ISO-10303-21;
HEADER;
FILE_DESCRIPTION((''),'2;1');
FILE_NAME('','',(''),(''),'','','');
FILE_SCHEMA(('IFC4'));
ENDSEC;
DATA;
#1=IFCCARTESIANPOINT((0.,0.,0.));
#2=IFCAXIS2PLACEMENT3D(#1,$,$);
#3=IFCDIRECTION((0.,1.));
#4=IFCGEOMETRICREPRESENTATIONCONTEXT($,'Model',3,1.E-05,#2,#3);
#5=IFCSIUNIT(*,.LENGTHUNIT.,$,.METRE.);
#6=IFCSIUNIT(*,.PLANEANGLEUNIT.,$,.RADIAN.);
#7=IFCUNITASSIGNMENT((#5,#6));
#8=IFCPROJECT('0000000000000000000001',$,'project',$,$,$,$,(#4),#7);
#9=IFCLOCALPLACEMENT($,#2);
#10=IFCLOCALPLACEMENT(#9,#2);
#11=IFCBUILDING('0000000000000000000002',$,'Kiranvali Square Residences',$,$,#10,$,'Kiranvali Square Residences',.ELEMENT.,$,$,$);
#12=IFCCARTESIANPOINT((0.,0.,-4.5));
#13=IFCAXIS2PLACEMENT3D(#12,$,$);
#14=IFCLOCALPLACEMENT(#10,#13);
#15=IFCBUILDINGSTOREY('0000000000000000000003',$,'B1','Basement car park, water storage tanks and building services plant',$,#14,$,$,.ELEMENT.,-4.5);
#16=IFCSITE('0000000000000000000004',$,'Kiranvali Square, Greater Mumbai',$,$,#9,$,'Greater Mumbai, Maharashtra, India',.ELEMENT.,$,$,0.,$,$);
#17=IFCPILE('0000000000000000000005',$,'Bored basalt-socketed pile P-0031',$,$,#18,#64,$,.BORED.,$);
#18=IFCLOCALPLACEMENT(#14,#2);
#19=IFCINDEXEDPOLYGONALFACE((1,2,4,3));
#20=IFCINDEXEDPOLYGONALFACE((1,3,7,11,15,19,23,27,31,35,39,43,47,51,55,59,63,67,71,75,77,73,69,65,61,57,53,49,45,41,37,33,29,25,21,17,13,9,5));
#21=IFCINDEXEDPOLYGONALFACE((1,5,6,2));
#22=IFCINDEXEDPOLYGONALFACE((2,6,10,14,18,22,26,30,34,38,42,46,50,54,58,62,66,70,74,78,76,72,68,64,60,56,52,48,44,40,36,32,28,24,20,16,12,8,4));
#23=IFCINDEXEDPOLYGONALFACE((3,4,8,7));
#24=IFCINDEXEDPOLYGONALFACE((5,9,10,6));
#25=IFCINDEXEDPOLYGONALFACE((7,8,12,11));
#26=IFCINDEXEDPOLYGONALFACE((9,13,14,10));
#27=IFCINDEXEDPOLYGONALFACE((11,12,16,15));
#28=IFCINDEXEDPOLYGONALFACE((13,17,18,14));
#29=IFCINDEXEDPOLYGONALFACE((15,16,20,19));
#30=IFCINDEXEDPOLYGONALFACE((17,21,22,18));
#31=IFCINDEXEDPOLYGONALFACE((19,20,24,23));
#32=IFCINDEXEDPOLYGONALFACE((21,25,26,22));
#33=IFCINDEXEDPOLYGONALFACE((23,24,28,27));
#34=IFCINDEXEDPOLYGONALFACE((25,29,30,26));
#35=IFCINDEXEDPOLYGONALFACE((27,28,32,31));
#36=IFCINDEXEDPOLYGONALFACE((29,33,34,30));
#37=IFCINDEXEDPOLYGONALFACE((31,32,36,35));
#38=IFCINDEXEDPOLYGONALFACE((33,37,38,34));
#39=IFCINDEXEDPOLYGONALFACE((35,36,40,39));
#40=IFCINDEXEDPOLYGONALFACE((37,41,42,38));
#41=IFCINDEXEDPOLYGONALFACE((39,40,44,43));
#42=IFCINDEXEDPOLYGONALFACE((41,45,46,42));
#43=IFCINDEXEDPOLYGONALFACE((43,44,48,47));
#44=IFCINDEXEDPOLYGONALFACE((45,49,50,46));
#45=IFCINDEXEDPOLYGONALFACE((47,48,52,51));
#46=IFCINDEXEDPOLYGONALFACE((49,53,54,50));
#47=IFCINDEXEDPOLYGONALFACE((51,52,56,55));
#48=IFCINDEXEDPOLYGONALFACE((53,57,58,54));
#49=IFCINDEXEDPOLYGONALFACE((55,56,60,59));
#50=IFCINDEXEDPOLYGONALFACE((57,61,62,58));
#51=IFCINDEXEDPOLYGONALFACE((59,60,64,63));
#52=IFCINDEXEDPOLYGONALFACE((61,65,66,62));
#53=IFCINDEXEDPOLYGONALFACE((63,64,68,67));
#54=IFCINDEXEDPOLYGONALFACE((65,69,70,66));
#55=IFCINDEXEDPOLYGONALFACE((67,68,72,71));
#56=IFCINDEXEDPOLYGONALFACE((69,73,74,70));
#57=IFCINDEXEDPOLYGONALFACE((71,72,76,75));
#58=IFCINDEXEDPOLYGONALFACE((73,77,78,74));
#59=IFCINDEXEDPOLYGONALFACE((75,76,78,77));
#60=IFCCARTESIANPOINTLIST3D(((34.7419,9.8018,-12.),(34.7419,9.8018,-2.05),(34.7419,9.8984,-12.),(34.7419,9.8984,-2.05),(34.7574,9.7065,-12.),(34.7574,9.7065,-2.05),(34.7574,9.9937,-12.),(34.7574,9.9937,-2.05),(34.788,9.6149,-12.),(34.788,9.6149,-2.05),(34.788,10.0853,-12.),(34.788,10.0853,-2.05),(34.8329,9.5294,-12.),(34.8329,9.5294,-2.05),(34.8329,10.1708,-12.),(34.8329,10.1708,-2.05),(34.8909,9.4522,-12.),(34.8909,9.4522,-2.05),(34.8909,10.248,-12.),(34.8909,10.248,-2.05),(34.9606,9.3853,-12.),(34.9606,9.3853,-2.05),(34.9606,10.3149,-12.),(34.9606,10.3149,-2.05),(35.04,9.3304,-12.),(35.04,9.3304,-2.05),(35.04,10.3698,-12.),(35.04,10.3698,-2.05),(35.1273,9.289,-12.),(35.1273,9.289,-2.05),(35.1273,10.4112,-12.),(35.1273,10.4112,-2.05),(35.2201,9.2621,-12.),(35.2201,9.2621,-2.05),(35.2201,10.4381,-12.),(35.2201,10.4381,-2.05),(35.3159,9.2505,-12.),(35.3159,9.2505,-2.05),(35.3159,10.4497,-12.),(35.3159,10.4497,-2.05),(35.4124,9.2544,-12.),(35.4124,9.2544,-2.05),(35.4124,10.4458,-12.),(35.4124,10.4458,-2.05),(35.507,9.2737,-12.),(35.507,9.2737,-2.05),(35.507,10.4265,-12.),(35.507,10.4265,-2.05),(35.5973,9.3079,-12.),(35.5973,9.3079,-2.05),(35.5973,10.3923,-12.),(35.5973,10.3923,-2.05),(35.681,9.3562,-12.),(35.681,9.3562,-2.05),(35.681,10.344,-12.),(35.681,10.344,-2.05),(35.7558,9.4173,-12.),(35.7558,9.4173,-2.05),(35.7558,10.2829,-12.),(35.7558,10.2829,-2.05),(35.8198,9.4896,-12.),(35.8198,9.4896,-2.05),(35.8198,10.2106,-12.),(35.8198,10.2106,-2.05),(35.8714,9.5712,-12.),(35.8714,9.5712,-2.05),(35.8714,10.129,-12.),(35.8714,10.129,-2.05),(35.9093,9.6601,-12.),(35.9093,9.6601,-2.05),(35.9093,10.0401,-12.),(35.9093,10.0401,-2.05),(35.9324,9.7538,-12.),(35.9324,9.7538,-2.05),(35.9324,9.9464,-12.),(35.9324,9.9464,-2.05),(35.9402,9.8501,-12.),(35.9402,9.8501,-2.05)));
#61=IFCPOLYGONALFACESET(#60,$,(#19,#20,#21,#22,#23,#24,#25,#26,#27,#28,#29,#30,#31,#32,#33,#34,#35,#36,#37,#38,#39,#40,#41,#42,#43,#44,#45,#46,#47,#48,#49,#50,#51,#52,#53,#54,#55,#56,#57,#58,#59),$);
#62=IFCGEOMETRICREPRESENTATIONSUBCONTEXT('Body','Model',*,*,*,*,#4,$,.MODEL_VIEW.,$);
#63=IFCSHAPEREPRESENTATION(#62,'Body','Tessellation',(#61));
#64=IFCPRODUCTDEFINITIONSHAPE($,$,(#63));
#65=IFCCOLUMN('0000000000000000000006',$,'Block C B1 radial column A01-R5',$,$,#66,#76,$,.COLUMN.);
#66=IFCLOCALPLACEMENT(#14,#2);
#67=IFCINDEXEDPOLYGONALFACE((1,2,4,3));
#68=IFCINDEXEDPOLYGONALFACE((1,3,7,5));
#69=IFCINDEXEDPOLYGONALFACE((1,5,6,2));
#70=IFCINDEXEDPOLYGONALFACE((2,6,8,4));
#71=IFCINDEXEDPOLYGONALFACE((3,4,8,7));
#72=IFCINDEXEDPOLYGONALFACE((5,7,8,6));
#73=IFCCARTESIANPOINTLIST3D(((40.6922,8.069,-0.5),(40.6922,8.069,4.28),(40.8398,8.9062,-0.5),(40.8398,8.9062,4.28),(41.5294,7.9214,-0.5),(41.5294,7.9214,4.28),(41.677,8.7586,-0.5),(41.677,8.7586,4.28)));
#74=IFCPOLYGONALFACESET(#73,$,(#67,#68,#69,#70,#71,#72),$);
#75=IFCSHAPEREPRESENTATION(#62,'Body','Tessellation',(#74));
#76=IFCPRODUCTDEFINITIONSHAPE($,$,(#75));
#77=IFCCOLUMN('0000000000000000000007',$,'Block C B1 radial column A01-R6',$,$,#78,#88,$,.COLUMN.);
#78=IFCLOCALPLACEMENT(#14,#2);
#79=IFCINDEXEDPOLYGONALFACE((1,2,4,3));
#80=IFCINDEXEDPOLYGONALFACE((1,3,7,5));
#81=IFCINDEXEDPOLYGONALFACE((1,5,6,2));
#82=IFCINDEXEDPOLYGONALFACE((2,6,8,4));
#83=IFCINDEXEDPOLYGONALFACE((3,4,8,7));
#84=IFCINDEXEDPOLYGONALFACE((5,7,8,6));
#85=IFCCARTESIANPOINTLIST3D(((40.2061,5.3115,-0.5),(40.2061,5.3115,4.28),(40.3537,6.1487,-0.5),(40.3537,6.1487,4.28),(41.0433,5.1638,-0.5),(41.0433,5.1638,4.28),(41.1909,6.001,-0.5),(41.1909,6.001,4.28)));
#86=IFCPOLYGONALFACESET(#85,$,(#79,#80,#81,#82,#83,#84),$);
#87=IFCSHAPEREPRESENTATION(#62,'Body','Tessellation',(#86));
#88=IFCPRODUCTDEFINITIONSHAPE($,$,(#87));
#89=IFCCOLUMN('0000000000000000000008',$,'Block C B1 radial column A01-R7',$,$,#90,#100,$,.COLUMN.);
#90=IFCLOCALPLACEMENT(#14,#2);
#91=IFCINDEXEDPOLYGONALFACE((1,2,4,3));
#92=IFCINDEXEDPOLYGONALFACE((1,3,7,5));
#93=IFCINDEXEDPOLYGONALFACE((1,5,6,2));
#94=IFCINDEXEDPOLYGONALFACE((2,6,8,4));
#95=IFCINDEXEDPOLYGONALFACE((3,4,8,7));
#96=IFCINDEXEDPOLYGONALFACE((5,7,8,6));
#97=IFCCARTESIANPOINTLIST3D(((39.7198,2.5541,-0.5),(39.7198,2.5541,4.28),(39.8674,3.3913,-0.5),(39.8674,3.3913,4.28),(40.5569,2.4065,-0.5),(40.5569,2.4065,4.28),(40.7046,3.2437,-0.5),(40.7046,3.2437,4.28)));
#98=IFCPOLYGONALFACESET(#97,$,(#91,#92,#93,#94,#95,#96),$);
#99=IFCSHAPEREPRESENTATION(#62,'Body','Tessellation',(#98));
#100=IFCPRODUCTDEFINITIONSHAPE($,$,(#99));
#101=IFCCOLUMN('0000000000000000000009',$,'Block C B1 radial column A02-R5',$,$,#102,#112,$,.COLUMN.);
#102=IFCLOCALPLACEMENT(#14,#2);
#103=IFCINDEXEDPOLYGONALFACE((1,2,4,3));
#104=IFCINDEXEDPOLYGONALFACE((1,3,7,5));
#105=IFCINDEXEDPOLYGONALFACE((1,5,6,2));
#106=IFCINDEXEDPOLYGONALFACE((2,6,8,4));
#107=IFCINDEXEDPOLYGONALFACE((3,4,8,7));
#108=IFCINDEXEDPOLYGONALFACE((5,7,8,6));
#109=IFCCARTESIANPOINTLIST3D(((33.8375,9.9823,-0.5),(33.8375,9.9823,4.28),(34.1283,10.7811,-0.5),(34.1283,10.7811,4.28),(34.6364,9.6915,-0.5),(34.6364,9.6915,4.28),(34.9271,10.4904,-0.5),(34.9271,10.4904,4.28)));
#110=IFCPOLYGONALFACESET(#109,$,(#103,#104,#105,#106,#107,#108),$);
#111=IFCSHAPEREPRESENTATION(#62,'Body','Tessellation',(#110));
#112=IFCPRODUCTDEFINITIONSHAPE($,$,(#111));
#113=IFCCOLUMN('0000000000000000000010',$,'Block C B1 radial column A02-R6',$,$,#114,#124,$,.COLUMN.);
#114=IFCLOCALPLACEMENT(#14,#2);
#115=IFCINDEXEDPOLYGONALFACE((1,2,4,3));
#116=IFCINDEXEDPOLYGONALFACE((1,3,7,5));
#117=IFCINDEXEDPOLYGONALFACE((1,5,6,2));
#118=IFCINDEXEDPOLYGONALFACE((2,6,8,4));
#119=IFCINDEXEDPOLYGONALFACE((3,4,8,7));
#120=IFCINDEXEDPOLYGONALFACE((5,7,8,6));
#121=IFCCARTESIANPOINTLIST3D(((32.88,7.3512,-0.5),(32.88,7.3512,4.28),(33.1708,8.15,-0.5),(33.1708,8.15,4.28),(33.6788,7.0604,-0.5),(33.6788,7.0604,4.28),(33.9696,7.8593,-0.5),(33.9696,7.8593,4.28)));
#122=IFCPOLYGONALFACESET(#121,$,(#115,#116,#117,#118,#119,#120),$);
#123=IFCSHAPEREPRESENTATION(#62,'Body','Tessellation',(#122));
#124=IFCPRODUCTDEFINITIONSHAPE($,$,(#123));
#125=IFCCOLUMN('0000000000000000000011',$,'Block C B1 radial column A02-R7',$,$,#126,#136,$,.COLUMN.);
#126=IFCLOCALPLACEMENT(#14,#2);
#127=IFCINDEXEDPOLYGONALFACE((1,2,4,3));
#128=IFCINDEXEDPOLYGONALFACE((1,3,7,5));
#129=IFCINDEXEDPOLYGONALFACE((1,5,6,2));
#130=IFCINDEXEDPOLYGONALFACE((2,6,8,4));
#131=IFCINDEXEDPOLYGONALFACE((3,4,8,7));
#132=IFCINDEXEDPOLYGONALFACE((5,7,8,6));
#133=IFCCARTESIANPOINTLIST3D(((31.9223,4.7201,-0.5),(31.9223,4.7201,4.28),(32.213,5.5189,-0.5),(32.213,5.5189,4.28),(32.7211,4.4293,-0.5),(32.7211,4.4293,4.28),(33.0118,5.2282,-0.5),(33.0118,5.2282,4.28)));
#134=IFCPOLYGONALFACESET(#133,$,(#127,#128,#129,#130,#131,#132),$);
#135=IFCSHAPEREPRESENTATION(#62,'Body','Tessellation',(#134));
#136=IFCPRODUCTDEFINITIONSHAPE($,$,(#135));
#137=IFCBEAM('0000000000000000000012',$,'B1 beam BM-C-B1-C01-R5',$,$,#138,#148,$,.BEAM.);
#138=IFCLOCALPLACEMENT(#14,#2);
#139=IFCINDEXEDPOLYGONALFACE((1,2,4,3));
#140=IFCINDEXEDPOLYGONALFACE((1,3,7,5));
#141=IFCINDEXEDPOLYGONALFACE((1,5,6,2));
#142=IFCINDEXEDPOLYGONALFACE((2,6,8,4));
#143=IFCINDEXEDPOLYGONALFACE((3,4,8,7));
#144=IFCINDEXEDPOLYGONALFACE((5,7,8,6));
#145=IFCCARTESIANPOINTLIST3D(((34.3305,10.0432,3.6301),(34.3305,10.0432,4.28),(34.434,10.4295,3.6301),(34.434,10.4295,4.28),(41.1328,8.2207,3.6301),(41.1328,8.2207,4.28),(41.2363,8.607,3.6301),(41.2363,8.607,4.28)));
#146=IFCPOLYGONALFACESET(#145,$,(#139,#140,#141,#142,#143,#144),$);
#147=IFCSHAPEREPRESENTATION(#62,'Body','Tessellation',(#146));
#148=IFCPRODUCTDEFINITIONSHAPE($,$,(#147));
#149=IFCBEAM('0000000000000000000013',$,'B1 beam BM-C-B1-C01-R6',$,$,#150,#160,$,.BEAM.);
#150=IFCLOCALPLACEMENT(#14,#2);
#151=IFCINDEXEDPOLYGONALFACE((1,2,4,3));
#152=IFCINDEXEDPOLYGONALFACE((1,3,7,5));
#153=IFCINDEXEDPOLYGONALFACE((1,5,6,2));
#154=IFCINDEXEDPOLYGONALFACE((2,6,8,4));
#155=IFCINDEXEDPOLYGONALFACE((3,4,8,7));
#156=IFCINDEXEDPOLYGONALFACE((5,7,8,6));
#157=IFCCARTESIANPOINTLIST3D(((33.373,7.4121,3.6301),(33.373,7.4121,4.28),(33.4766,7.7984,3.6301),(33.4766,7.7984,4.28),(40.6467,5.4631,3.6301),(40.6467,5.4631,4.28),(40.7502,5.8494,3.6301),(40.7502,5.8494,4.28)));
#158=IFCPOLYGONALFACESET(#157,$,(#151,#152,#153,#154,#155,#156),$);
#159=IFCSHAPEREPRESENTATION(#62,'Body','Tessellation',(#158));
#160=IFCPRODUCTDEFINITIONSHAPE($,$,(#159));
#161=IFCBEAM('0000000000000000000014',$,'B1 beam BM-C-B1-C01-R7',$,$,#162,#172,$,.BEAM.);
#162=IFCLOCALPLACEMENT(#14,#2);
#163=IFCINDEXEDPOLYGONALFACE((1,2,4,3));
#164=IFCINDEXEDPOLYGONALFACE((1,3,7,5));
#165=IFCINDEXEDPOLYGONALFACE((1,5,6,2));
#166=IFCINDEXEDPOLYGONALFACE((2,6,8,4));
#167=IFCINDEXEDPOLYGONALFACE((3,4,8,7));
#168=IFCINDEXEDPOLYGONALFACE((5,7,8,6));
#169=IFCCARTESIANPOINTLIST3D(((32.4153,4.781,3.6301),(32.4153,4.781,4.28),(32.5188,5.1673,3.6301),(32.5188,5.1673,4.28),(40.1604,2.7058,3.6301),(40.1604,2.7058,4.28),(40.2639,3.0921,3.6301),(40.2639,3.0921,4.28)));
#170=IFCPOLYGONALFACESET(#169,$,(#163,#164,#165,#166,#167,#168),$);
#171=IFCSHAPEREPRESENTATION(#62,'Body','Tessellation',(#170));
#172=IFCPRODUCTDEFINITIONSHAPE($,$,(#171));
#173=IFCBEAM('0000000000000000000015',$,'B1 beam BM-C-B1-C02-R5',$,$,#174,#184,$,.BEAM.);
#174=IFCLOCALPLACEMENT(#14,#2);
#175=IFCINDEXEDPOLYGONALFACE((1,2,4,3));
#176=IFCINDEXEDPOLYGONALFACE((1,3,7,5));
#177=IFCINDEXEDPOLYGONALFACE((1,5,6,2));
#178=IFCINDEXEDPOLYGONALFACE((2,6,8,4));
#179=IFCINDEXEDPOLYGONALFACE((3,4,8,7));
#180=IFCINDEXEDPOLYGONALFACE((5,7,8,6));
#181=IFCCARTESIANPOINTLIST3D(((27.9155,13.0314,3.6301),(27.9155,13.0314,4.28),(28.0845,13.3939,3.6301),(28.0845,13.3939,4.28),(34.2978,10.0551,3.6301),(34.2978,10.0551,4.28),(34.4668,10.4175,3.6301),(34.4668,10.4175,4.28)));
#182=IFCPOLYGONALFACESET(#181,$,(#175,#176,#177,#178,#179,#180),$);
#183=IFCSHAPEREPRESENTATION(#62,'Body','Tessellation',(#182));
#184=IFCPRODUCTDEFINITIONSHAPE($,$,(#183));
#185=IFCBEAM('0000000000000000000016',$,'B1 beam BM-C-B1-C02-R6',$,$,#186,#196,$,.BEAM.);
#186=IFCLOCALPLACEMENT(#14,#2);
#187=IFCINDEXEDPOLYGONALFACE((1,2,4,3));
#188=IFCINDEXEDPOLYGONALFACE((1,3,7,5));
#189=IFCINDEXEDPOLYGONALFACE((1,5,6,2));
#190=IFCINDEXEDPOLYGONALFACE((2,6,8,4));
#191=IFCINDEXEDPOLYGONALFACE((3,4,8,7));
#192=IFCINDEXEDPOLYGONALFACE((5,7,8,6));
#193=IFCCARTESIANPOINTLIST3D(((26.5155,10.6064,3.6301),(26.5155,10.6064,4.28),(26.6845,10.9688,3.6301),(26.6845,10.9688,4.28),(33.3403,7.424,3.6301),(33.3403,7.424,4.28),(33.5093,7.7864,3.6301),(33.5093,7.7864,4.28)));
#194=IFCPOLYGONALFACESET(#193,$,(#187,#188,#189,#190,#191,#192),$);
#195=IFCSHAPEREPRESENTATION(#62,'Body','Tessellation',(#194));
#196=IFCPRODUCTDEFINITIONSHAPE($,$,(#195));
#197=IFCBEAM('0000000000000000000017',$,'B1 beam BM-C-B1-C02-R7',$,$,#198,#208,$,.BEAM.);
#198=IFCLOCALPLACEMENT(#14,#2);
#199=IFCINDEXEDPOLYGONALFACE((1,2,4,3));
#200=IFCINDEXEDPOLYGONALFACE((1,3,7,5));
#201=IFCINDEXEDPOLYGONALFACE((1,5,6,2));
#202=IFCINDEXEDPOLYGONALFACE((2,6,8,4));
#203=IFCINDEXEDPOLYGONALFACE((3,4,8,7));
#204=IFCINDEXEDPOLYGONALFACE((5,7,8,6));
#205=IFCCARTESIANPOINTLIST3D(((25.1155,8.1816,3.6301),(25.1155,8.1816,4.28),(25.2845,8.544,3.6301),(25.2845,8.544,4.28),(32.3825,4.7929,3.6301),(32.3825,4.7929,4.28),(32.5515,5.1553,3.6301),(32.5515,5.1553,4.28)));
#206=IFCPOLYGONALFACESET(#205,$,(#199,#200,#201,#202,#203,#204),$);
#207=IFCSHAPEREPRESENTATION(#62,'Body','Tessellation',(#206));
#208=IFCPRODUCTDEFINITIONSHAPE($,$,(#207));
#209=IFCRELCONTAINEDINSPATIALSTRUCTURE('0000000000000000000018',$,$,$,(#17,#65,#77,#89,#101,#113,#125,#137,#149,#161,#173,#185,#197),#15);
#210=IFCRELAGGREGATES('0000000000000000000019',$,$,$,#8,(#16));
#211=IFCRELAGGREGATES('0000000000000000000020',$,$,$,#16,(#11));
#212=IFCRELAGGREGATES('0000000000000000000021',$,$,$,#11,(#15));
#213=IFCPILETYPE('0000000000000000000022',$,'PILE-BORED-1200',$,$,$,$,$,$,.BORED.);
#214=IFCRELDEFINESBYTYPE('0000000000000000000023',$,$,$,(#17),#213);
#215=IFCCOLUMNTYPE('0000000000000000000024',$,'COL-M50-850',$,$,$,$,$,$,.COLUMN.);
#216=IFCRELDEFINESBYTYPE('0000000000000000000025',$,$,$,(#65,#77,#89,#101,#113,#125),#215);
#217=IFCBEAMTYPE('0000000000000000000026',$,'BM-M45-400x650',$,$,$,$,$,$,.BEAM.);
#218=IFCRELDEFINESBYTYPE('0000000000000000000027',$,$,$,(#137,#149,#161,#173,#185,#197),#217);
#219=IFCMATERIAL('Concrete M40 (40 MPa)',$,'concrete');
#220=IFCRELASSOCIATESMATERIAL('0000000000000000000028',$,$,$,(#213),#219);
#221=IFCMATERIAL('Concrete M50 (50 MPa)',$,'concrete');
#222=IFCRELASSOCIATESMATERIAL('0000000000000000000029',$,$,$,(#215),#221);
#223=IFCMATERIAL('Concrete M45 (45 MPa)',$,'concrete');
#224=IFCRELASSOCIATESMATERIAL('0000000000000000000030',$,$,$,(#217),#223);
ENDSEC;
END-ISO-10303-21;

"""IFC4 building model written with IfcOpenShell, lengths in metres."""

from ifc_helpers import new_model, si_unit, direction, frame, origin, origin_2d, place, context, subcontext, project, spatial, rectangle, circle, extrude, material, material_profile, profile_set, type_object, element, save


model = new_model("IFC4")

# Units and contexts
model_context = context("Model", 3, precision=1e-05, world=origin(), true_north=direction((0.0, 1.0)))
body_context = subcontext(model_context, "Body", "Model", "MODEL_VIEW")
ifc_project = project(units=[si_unit("LENGTHUNIT", "METRE"), si_unit("PLANEANGLEUNIT", "RADIAN")], contexts=[model_context])

# Site, building, storey
site_placement = place(None, origin())
site = spatial("IfcSite", under=ifc_project, at=site_placement, Name="Kiranvali Square, Greater Mumbai", LongName="Greater Mumbai, Maharashtra, India", CompositionType="ELEMENT", RefElevation=0.0)
building_placement = place(site_placement, origin())
building = spatial("IfcBuilding", under=site, at=building_placement, Name="Kiranvali Square Residences", LongName="Kiranvali Square Residences", CompositionType="ELEMENT")
storey_placement = place(building_placement, frame((0.0, 0.0, -4.5)))
storey = spatial("IfcBuildingStorey", under=building, at=storey_placement, Name="B1", Description="Basement car park, water storage tanks and building services plant", CompositionType="ELEMENT", Elevation=-4.5)

# Shared definitions
ifc_material_1 = material(Name="Concrete M40 (40 MPa)", Category="concrete")

# Pile
ifc_material_profile_1 = material_profile(ifc_material_1, circle(Radius=0.6001, at=origin_2d()), Name="BORED PILE 1200")
ifc_profile_set_1 = profile_set([ifc_material_profile_1], Name="Concrete M40 (40 MPa)")
pile_type = type_object("IfcPileType", Name="PILE-BORED-1200", PredefinedType="BORED", material=ifc_profile_set_1)
pile_placement = place(storey_placement, frame((35.3401, 9.8501, -2.05), z_axis=(0.0, 0.0, -1.0), x_axis=(1.0, 0.0, 0.0)))
element("IfcPile", 1, at=pile_placement, inside=storey, type_object=pile_type, Name="Bored basalt-socketed pile P-0031", PredefinedType="BORED", context=body_context, shape_type="SweptSolid", body=[
    extrude(circle(Radius=0.6001, at=origin_2d()), origin(), (0.0, 0.0, 1.0), 9.95),
])

# Columns
ifc_material_2 = material(Name="Concrete M50 (50 MPa)", Category="concrete")
ifc_material_profile_2 = material_profile(ifc_material_2, rectangle(XDim=0.8501, YDim=0.8501, at=origin_2d()), Name="RC 850x850")
ifc_profile_set_2 = profile_set([ifc_material_profile_2], Name="Concrete M50 (50 MPa)")
column_type = type_object("IfcColumnType", Name="COL-M50-850", PredefinedType="COLUMN", material=ifc_profile_set_2)
for number, where, z_axis, x_axis, name in (
    (2, (41.1846, 8.4138, -0.5), (0.0, 0.0, 1.0), (-0.984808, 0.173648, 0.0), "Block C B1 radial column A01-R5"),
    (3, (40.6985, 5.6562, -0.5), (0.0, 0.0, 1.0), (-0.984808, 0.173648, 0.0), "Block C B1 radial column A01-R6"),
    (4, (40.2122, 2.8989, -0.5), (0.0, 0.0, 1.0), (-0.984808, 0.173648, 0.0), "Block C B1 radial column A01-R7"),
    (5, (34.3823, 10.2363, -0.5), (0.0, 0.0, 1.0), (-0.939693, 0.34202, 0.0), "Block C B1 radial column A02-R5"),
    (6, (33.4248, 7.6052, -0.5), (0.0, 0.0, 1.0), (-0.939693, 0.34202, 0.0), "Block C B1 radial column A02-R6"),
    (7, (32.467, 4.9741, -0.5), (0.0, 0.0, 1.0), (-0.939693, 0.34202, 0.0), "Block C B1 radial column A02-R7"),
):
    element("IfcColumn", number, at=place(storey_placement, frame(where, z_axis=z_axis, x_axis=x_axis)), inside=storey, type_object=column_type, Name=name, PredefinedType="COLUMN", context=body_context, shape_type="SweptSolid", body=[
        extrude(rectangle(XDim=0.8501, YDim=0.8501, at=origin_2d()), origin(), (0.0, 0.0, 1.0), 4.78),
    ])

# Beams
ifc_material_3 = material(Name="Concrete M45 (45 MPa)", Category="concrete")
ifc_material_profile_3 = material_profile(ifc_material_3, rectangle(XDim=0.3999, YDim=0.6499, at=origin_2d()), Name="RC 400x650")
ifc_profile_set_3 = profile_set([ifc_material_profile_3], Name="Concrete M45 (45 MPa)")
beam_type = type_object("IfcBeamType", Name="BM-M45-400x650", PredefinedType="BEAM", material=ifc_profile_set_3)
beam_1_placement = place(storey_placement, frame((41.1846, 8.4138, 3.9551), z_axis=(-0.965931, 0.2588, 0.0), x_axis=(-0.2588, -0.965931, 0.0)))
element("IfcBeam", 8, at=beam_1_placement, inside=storey, type_object=beam_type, Name="B1 beam BM-C-B1-C01-R5", PredefinedType="BEAM", context=body_context, shape_type="SweptSolid", body=[
    extrude(rectangle(XDim=0.3999, YDim=0.6499, at=origin_2d()), origin(), (0.0, 0.0, 1.0), 7.0422),
])
beam_2_placement = place(storey_placement, frame((40.6985, 5.6562, 3.9551), z_axis=(-0.965926, 0.258819, 0.0), x_axis=(-0.258819, -0.965926, 0.0)))
element("IfcBeam", 9, at=beam_2_placement, inside=storey, type_object=beam_type, Name="B1 beam BM-C-B1-C01-R6", PredefinedType="BEAM", context=body_context, shape_type="SweptSolid", body=[
    extrude(rectangle(XDim=0.3999, YDim=0.6499, at=origin_2d()), origin(), (0.0, 0.0, 1.0), 7.5303),
])
beam_3_placement = place(storey_placement, frame((40.2122, 2.8989, 3.9551), z_axis=(-0.965929, 0.258807, 0.0), x_axis=(-0.258807, -0.965929, 0.0)))
element("IfcBeam", 10, at=beam_3_placement, inside=storey, type_object=beam_type, Name="B1 beam BM-C-B1-C01-R7", PredefinedType="BEAM", context=body_context, shape_type="SweptSolid", body=[
    extrude(rectangle(XDim=0.3999, YDim=0.6499, at=origin_2d()), origin(), (0.0, 0.0, 1.0), 8.0183),
])
beam_4_placement = place(storey_placement, frame((34.3823, 10.2363, 3.9551), z_axis=(-0.906297, 0.422641, 0.0), x_axis=(-0.422641, -0.906297, 0.0)))
element("IfcBeam", 11, at=beam_4_placement, inside=storey, type_object=beam_type, Name="B1 beam BM-C-B1-C02-R5", PredefinedType="BEAM", context=body_context, shape_type="SweptSolid", body=[
    extrude(rectangle(XDim=0.3999, YDim=0.6499, at=origin_2d()), origin(), (0.0, 0.0, 1.0), 7.0422),
])
beam_5_placement = place(storey_placement, frame((33.4248, 7.6052, 3.9551), z_axis=(-0.90631, 0.422614, 0.0), x_axis=(-0.422614, -0.90631, 0.0)))
element("IfcBeam", 12, at=beam_5_placement, inside=storey, type_object=beam_type, Name="B1 beam BM-C-B1-C02-R6", PredefinedType="BEAM", context=body_context, shape_type="SweptSolid", body=[
    extrude(rectangle(XDim=0.3999, YDim=0.6499, at=origin_2d()), origin(), (0.0, 0.0, 1.0), 7.5303),
])
beam_6_placement = place(storey_placement, frame((32.467, 4.9741, 3.9551), z_axis=(-0.906309, 0.422615, 0.0), x_axis=(-0.422615, -0.906309, 0.0)))
element("IfcBeam", 13, at=beam_6_placement, inside=storey, type_object=beam_type, Name="B1 beam BM-C-B1-C02-R7", PredefinedType="BEAM", context=body_context, shape_type="SweptSolid", body=[
    extrude(rectangle(XDim=0.3999, YDim=0.6499, at=origin_2d()), origin(), (0.0, 0.0, 1.0), 8.0183),
])

save(model, "model.ifc")
